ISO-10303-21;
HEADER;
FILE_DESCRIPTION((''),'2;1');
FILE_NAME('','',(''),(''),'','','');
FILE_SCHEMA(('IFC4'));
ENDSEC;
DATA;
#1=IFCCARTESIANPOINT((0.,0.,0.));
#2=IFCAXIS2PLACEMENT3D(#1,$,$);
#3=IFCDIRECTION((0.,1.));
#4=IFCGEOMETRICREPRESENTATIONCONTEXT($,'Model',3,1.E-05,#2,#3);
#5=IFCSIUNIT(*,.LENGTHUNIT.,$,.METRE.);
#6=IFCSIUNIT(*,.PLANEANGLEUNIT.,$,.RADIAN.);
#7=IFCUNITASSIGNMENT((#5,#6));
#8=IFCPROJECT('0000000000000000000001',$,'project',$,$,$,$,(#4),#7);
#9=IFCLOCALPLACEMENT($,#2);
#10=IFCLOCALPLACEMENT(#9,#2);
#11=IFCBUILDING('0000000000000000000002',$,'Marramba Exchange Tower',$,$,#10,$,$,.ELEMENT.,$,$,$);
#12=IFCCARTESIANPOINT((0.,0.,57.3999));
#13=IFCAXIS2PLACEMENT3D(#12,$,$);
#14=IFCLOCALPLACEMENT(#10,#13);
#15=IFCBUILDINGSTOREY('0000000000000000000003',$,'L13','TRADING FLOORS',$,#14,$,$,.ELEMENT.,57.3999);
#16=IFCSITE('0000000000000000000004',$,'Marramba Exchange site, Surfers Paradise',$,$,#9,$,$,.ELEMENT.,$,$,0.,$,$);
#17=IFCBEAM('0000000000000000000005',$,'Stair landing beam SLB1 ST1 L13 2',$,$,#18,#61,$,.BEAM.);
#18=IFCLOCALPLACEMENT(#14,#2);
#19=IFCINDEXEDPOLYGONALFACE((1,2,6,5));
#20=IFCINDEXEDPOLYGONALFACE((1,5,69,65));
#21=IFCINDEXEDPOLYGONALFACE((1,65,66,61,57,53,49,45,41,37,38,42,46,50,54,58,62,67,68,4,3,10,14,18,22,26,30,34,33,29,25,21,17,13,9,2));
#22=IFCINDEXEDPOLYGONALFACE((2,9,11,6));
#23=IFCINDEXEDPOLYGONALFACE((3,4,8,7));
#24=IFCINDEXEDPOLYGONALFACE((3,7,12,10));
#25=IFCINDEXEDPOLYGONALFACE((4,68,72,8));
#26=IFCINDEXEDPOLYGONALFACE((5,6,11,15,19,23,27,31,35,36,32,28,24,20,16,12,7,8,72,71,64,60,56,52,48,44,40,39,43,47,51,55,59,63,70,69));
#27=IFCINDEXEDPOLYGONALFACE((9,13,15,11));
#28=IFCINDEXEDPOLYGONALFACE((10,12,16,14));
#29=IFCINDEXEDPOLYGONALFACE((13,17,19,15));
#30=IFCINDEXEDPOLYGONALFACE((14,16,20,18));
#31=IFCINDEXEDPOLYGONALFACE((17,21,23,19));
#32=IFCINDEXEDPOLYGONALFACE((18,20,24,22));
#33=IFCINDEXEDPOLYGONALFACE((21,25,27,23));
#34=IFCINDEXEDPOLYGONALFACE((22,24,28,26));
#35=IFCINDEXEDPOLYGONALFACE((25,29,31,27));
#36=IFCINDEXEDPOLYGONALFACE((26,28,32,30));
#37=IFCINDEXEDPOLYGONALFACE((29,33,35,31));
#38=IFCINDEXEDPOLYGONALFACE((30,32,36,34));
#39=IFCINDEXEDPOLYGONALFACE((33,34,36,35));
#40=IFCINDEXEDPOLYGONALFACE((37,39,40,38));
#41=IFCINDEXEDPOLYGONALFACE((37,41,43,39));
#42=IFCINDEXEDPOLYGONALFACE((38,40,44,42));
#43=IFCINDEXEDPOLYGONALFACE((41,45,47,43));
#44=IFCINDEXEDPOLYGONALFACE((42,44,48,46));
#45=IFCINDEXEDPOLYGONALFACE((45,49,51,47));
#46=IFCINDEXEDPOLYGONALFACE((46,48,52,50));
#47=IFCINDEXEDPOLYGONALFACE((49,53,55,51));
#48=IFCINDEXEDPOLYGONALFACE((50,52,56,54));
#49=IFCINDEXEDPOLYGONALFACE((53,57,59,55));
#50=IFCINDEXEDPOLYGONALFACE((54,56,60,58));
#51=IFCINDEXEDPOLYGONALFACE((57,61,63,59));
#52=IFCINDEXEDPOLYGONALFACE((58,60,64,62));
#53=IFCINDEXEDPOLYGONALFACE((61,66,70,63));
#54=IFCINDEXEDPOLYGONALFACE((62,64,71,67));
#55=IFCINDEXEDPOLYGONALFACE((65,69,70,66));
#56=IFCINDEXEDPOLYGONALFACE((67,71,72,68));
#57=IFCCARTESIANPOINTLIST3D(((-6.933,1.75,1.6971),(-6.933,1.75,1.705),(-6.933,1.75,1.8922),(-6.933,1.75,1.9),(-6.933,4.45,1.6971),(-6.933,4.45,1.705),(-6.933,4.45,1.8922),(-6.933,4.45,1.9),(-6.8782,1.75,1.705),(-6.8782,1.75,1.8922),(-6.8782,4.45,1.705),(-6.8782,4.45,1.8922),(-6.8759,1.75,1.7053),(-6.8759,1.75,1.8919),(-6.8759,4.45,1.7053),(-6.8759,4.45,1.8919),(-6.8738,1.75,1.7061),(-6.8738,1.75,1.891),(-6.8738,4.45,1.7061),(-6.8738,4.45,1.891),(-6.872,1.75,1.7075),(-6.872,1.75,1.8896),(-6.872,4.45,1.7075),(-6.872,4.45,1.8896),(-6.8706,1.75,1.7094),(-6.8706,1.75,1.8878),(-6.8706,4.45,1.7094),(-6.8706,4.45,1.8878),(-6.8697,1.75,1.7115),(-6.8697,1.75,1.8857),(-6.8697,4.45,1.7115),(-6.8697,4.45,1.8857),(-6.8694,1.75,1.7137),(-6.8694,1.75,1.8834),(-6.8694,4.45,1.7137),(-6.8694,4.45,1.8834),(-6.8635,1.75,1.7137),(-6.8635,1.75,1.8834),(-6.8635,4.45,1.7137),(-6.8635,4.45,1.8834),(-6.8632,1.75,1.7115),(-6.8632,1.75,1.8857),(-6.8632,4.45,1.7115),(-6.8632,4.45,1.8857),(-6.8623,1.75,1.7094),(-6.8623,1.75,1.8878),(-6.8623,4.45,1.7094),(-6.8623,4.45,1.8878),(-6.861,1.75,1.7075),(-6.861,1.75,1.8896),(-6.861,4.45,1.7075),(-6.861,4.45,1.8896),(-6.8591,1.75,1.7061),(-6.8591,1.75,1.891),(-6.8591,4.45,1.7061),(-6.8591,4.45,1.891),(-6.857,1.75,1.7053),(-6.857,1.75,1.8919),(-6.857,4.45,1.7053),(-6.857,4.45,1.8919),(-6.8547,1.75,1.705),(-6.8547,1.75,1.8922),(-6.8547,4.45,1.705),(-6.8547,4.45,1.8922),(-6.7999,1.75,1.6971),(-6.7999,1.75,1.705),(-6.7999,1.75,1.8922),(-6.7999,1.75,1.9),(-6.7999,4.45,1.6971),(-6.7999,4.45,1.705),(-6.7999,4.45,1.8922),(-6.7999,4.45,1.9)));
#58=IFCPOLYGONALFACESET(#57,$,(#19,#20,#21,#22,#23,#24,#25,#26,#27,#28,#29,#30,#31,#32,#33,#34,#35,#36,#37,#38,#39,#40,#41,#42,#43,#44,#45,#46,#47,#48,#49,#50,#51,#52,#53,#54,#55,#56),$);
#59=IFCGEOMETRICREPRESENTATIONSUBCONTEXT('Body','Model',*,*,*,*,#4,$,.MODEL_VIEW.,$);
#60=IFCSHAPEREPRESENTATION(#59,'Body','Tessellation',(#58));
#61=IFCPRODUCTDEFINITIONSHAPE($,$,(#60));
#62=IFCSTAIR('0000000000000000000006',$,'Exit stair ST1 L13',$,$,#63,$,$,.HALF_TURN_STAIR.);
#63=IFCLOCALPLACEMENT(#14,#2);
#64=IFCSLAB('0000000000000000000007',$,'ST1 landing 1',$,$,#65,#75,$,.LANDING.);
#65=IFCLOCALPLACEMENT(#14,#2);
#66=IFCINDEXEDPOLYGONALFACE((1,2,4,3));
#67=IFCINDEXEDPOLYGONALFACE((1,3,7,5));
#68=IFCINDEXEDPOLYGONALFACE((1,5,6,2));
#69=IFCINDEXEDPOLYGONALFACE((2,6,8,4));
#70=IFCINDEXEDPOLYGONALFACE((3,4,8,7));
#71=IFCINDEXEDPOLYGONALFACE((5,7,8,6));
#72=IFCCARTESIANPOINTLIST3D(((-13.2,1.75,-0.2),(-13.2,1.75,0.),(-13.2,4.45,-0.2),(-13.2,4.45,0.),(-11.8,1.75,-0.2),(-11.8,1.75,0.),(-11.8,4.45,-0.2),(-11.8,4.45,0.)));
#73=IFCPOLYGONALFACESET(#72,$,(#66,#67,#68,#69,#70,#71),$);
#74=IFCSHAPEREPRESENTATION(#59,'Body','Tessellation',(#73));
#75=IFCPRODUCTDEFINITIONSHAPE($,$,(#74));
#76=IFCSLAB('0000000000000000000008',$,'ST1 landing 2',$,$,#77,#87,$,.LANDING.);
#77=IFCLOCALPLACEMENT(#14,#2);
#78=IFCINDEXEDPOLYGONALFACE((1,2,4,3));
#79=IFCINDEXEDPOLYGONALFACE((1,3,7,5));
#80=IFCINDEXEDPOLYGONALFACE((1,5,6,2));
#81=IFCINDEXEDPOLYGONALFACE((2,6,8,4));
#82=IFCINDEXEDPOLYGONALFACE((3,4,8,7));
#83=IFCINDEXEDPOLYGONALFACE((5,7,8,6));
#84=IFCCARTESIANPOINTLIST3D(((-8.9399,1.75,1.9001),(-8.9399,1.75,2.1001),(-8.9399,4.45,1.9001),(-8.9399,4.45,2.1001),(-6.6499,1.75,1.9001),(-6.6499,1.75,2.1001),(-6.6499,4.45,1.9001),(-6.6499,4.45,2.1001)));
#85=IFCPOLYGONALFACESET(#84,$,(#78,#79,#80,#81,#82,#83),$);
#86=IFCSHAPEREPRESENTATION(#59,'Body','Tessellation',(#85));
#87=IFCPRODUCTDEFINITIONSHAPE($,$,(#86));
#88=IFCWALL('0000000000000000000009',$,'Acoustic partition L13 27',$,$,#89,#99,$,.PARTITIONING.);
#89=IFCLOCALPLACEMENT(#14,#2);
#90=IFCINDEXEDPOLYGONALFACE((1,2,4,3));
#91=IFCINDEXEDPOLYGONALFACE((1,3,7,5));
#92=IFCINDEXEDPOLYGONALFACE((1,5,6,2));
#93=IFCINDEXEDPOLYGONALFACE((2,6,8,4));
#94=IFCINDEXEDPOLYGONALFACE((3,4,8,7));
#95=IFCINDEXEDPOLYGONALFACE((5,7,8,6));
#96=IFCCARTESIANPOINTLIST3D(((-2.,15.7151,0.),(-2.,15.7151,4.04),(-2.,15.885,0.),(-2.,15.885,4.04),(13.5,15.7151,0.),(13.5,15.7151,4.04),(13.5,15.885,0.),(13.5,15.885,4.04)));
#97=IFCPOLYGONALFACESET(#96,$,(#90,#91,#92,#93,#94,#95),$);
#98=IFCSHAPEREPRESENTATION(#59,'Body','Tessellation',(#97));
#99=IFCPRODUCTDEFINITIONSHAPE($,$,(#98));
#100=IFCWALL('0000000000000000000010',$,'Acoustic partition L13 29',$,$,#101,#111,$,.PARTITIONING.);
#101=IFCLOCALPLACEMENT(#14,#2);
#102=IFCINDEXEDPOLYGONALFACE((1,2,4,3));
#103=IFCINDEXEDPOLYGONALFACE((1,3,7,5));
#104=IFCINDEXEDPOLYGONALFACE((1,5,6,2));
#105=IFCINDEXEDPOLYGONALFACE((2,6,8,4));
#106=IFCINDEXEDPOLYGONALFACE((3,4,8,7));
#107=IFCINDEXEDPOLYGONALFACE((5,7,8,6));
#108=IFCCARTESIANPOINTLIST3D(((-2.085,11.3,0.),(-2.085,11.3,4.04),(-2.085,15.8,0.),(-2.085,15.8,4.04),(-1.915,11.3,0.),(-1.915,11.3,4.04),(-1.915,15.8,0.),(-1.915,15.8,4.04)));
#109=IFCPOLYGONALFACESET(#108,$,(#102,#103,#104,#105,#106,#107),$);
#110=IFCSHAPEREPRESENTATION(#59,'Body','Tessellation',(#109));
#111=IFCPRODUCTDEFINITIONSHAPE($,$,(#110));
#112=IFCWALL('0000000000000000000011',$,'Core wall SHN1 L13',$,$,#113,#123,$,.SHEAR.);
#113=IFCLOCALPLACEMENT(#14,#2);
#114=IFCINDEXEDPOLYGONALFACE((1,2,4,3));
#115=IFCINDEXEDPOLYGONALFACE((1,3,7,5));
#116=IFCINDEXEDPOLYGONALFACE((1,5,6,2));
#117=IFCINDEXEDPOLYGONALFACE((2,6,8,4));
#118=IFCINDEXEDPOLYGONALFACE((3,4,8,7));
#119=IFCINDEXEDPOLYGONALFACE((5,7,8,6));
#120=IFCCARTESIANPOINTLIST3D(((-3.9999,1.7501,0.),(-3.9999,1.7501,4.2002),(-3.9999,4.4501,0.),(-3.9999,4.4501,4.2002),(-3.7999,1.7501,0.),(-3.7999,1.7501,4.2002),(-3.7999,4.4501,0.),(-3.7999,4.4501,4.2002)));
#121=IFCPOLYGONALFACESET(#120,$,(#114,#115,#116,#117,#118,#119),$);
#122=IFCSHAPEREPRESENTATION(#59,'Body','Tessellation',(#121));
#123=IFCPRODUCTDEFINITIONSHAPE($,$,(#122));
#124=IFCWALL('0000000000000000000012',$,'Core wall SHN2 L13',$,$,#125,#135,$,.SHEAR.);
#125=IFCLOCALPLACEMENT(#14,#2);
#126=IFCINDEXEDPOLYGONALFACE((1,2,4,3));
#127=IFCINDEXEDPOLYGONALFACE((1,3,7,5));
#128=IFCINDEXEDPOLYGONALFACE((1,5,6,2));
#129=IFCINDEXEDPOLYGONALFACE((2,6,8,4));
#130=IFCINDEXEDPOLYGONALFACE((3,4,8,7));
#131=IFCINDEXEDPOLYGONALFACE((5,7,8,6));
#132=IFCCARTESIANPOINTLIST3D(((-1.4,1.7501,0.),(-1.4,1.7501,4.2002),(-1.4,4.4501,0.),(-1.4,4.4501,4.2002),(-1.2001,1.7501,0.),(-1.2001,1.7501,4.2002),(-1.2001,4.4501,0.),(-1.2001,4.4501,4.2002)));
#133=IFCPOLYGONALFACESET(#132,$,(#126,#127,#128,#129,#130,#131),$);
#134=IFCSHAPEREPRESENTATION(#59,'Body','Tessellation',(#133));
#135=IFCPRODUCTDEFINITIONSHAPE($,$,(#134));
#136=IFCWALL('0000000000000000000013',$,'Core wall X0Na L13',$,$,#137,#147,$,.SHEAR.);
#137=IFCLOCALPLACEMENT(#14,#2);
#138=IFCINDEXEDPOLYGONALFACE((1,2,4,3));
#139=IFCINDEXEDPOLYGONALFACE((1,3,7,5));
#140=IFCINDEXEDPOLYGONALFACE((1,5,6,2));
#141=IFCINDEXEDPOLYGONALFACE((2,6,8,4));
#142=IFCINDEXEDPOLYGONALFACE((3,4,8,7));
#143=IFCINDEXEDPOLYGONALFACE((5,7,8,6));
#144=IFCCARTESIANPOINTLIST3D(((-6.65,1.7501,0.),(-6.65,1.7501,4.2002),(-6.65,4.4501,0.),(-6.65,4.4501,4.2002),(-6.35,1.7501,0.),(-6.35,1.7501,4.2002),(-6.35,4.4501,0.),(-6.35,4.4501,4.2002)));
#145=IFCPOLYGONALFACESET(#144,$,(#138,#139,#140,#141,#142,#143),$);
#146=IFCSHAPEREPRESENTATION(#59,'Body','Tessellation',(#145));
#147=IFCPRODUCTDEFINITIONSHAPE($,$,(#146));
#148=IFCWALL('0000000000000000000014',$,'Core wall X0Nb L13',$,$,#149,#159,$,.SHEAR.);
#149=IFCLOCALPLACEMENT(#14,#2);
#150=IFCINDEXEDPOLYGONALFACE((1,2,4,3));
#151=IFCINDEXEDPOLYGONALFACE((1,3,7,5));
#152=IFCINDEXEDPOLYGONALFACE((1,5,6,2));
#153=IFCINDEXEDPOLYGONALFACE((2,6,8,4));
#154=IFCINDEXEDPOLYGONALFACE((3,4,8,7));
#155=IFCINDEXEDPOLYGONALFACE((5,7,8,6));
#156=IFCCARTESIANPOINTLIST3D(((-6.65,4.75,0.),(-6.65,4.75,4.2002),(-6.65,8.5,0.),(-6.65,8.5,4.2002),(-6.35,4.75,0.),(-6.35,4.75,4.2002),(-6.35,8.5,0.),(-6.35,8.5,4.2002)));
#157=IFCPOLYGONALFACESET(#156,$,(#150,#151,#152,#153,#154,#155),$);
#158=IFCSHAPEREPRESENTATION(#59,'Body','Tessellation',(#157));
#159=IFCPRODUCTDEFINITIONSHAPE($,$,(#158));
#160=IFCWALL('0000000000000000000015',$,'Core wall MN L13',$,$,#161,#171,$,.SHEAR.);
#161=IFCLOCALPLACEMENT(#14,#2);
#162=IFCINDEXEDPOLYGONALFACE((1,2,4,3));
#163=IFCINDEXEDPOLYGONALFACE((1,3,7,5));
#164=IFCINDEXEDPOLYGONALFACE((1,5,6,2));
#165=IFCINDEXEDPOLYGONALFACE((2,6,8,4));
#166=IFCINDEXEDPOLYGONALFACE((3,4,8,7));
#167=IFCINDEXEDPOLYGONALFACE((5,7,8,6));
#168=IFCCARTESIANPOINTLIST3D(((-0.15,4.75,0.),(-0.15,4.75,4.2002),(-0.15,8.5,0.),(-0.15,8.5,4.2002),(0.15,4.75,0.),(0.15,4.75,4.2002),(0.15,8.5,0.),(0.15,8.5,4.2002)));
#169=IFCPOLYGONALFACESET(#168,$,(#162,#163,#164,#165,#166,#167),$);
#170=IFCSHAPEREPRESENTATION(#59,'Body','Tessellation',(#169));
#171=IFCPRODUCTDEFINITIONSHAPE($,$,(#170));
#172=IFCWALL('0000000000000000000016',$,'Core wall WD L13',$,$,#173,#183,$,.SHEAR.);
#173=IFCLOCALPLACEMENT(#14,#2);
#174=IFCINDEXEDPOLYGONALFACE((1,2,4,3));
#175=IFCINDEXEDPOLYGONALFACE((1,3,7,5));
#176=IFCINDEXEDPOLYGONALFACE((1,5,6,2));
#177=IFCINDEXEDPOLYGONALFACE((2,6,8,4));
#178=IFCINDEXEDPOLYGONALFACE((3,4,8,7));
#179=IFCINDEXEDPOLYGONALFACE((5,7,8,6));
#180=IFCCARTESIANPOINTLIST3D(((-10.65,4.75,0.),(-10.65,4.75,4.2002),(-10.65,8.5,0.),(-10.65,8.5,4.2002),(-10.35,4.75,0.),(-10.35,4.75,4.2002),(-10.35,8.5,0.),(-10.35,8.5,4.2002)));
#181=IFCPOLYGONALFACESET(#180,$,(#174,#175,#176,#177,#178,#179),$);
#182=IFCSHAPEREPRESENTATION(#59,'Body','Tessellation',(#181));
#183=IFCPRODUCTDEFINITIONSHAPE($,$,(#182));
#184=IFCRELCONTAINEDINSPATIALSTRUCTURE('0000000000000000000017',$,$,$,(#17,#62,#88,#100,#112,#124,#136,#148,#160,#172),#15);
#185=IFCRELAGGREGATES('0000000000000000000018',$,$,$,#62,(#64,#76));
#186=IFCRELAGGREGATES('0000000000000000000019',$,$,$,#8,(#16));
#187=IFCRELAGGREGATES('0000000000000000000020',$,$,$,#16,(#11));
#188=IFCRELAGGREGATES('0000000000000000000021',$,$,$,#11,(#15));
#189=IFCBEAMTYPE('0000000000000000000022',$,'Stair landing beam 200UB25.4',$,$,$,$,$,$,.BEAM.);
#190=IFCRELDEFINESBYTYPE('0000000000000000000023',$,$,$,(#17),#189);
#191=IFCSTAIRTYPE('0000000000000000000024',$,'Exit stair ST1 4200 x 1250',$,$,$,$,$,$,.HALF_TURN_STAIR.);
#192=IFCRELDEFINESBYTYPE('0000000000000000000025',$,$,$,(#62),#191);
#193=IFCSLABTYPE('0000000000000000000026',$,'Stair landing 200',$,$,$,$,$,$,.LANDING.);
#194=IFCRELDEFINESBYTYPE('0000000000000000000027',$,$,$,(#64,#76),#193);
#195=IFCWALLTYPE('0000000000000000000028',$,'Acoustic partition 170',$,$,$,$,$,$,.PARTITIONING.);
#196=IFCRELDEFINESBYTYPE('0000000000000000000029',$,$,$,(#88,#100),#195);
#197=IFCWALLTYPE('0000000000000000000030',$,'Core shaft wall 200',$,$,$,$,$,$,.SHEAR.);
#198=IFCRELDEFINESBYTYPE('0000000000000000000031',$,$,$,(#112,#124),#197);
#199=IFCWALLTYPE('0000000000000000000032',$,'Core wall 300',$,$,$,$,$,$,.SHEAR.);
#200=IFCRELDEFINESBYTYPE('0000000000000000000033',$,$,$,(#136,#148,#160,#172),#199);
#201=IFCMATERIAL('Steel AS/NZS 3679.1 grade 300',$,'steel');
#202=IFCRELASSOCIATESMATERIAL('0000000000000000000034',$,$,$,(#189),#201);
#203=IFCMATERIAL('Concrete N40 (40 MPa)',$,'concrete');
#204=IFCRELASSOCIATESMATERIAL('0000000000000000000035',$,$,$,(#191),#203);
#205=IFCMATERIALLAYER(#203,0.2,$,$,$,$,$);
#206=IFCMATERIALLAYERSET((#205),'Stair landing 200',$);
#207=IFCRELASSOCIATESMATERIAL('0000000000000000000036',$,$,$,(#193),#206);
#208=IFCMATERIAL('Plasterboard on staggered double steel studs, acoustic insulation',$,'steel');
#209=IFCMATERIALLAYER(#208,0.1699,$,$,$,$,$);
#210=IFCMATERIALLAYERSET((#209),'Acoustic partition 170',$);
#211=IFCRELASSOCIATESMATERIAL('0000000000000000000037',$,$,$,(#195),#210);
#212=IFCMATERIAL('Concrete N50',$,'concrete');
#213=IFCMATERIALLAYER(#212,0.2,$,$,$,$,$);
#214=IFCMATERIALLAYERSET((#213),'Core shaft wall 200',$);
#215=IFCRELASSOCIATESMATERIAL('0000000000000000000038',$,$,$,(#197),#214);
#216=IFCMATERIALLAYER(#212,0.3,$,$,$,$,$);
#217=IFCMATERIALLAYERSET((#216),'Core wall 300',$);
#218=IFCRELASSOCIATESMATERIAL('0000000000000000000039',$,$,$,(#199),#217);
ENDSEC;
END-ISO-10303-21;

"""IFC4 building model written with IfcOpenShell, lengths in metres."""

from ifc_helpers import new_model, si_unit, direction, frame, frame_2d, origin, origin_2d, place, context, subcontext, project, spatial, polyline, rectangle, i_section, outline, extrude, material, layer, layer_set, material_profile, profile_set, type_object, element, aggregate, save


model = new_model("IFC4")

# Units and contexts
model_context = context("Model", 3, precision=1e-05, world=origin(), true_north=direction((0.0, 1.0)))
body_context = subcontext(model_context, "Body", "Model", "MODEL_VIEW")
ifc_project = project(units=[si_unit("LENGTHUNIT", "METRE"), si_unit("PLANEANGLEUNIT", "RADIAN")], contexts=[model_context])

# Site, building, storey
site_placement = place(None, origin())
site = spatial("IfcSite", under=ifc_project, at=site_placement, Name="Marramba Exchange site, Surfers Paradise", CompositionType="ELEMENT", RefElevation=0.0)
building_placement = place(site_placement, origin())
building = spatial("IfcBuilding", under=site, at=building_placement, Name="Marramba Exchange Tower", CompositionType="ELEMENT")
storey_placement = place(building_placement, frame((0.0, 0.0, 57.3999)))
storey = spatial("IfcBuildingStorey", under=building, at=storey_placement, Name="L13", Description="TRADING FLOORS", CompositionType="ELEMENT", Elevation=57.3999)

# Beam
ifc_material_1 = material(Name="Steel AS/NZS 3679.1 grade 300", Category="steel")
ifc_material_profile_1 = material_profile(ifc_material_1, i_section(OverallWidth=0.1331, OverallDepth=0.2029, WebThickness=0.0059, FlangeThickness=0.0078, FilletRadius=0.0088, at=origin_2d()), Name="200UB25.4")
ifc_profile_set_1 = profile_set([ifc_material_profile_1], Name="Steel AS/NZS 3679.1 grade 300")
beam_type_1 = type_object("IfcBeamType", Name="Stair landing beam 200UB25.4", PredefinedType="BEAM", material=ifc_profile_set_1)
for number, where, z_axis, x_axis, name in (
    (1, (-6.8665, 1.75, 1.7986), (0.0, 1.0, 0.0), (-1.0, 0.0, 0.0), "Stair landing beam SLB1 ST1 L13 2"),
):
    element("IfcBeam", number, at=place(storey_placement, frame(where, z_axis=z_axis, x_axis=x_axis)), inside=storey, type_object=beam_type_1, Name=name, PredefinedType="BEAM", context=body_context, shape_type="SweptSolid", body=[
        extrude(i_section(OverallWidth=0.1331, OverallDepth=0.2029, WebThickness=0.0059, FlangeThickness=0.0078, FilletRadius=0.0088, at=origin_2d()), origin(), (0.0, 0.0, 1.0), 2.7),
    ])

# Stair, slabs
ifc_material_2 = material(Name="Concrete N40 (40 MPa)", Category="concrete")
stair_type = type_object("IfcStairType", Name="Exit stair ST1 4200 x 1250", PredefinedType="HALF_TURN_STAIR", material=ifc_material_2)
stair_placement = place(storey_placement, origin())
stair = element("IfcStair", 2, at=stair_placement, inside=storey, type_object=stair_type, Name="Exit stair ST1 L13", PredefinedType="HALF_TURN_STAIR")
ifc_layer_1 = layer(ifc_material_2, 0.2)
ifc_layer_set_1 = layer_set([ifc_layer_1], Name="Stair landing 200")
slab_type_1 = type_object("IfcSlabType", Name="Stair landing 200", PredefinedType="LANDING", material=ifc_layer_set_1)
slab_1_placement = place(storey_placement, frame((0.0, 0.0, -0.2)))
slab_1 = element("IfcSlab", 3, at=slab_1_placement, type_object=slab_type_1, Name="ST1 landing 1", PredefinedType="LANDING", context=body_context, shape_type="SweptSolid", body=[
    extrude(outline(polyline([(-13.2, 1.75), (-11.8, 1.75), (-11.8, 4.45), (-13.2, 4.45), (-13.2, 1.75)])), origin(), (0.0, 0.0, 1.0), 0.2),
])
slab_2_placement = place(storey_placement, frame((0.0, 0.0, 1.9001)))
slab_2 = element("IfcSlab", 4, at=slab_2_placement, type_object=slab_type_1, Name="ST1 landing 2", PredefinedType="LANDING", context=body_context, shape_type="SweptSolid", body=[
    extrude(outline(polyline([(-8.9399, 1.75), (-6.6499, 1.75), (-6.6499, 4.45), (-8.9399, 4.45), (-8.9399, 1.75)])), origin(), (0.0, 0.0, 1.0), 0.2),
])

# Walls
ifc_material_3 = material(Name="Plasterboard on staggered double steel studs, acoustic insulation", Category="steel")
ifc_layer_2 = layer(ifc_material_3, 0.1699)
ifc_layer_set_2 = layer_set([ifc_layer_2], Name="Acoustic partition 170")
wall_type_1 = type_object("IfcWallType", Name="Acoustic partition 170", PredefinedType="PARTITIONING", material=ifc_layer_set_2)
wall_1_placement = place(storey_placement, frame((-2.0, 15.8, 0.0), z_axis=(0.0, 0.0, 1.0), x_axis=(1.0, 0.0, 0.0)))
element("IfcWall", 5, at=wall_1_placement, inside=storey, type_object=wall_type_1, Name="Acoustic partition L13 27", PredefinedType="PARTITIONING", context=body_context, shape_type="SweptSolid", body=[
    extrude(rectangle(XDim=15.5, YDim=0.1699, at=frame_2d((7.75, 0.0))), origin(), (0.0, 0.0, 1.0), 4.04),
])
wall_2_placement = place(storey_placement, frame((-2.0, 11.3, 0.0), z_axis=(0.0, 0.0, 1.0), x_axis=(0.0, 1.0, 0.0)))
element("IfcWall", 6, at=wall_2_placement, inside=storey, type_object=wall_type_1, Name="Acoustic partition L13 29", PredefinedType="PARTITIONING", context=body_context, shape_type="SweptSolid", body=[
    extrude(rectangle(XDim=4.5, YDim=0.1699, at=frame_2d((2.25, 0.0))), origin(), (0.0, 0.0, 1.0), 4.04),
])
ifc_material_4 = material(Name="Concrete N50", Category="concrete")
ifc_layer_3 = layer(ifc_material_4, 0.2)
ifc_layer_set_3 = layer_set([ifc_layer_3], Name="Core shaft wall 200")
wall_type_2 = type_object("IfcWallType", Name="Core shaft wall 200", PredefinedType="SHEAR", material=ifc_layer_set_3)
for number, where, z_axis, x_axis, name in (
    (7, (-3.8999, 1.75, 0.0), (0.0, 0.0, 1.0), (0.0, 1.0, 0.0), "Core wall SHN1 L13"),
    (8, (-1.3, 1.75, 0.0), (0.0, 0.0, 1.0), (0.0, 1.0, 0.0), "Core wall SHN2 L13"),
):
    element("IfcWall", number, at=place(storey_placement, frame(where, z_axis=z_axis, x_axis=x_axis)), inside=storey, type_object=wall_type_2, Name=name, PredefinedType="SHEAR", context=body_context, shape_type="SweptSolid", body=[
        extrude(rectangle(XDim=2.7, YDim=0.2, at=frame_2d((1.3501, 0.0))), origin(), (0.0, 0.0, 1.0), 4.2002),
    ])
ifc_layer_4 = layer(ifc_material_4, 0.3)
ifc_layer_set_4 = layer_set([ifc_layer_4], Name="Core wall 300")
wall_type_3 = type_object("IfcWallType", Name="Core wall 300", PredefinedType="SHEAR", material=ifc_layer_set_4)
wall_3_placement = place(storey_placement, frame((-6.5, 1.75, 0.0), z_axis=(0.0, 0.0, 1.0), x_axis=(0.0, 1.0, 0.0)))
element("IfcWall", 9, at=wall_3_placement, inside=storey, type_object=wall_type_3, Name="Core wall X0Na L13", PredefinedType="SHEAR", context=body_context, shape_type="SweptSolid", body=[
    extrude(rectangle(XDim=2.7, YDim=0.3, at=frame_2d((1.3501, 0.0))), origin(), (0.0, 0.0, 1.0), 4.2002),
])
for number, where, z_axis, x_axis, name in (
    (10, (-6.5, 4.75, 0.0), (0.0, 0.0, 1.0), (0.0, 1.0, 0.0), "Core wall X0Nb L13"),
    (11, (0.0, 4.75, 0.0), (0.0, 0.0, 1.0), (0.0, 1.0, 0.0), "Core wall MN L13"),
    (12, (-10.5, 4.75, 0.0), (0.0, 0.0, 1.0), (0.0, 1.0, 0.0), "Core wall WD L13"),
):
    element("IfcWall", number, at=place(storey_placement, frame(where, z_axis=z_axis, x_axis=x_axis)), inside=storey, type_object=wall_type_3, Name=name, PredefinedType="SHEAR", context=body_context, shape_type="SweptSolid", body=[
        extrude(rectangle(XDim=3.75, YDim=0.3, at=frame_2d((1.875, 0.0))), origin(), (0.0, 0.0, 1.0), 4.2002),
    ])

aggregate(stair, [slab_1, slab_2])

save(model, "model.ifc")
